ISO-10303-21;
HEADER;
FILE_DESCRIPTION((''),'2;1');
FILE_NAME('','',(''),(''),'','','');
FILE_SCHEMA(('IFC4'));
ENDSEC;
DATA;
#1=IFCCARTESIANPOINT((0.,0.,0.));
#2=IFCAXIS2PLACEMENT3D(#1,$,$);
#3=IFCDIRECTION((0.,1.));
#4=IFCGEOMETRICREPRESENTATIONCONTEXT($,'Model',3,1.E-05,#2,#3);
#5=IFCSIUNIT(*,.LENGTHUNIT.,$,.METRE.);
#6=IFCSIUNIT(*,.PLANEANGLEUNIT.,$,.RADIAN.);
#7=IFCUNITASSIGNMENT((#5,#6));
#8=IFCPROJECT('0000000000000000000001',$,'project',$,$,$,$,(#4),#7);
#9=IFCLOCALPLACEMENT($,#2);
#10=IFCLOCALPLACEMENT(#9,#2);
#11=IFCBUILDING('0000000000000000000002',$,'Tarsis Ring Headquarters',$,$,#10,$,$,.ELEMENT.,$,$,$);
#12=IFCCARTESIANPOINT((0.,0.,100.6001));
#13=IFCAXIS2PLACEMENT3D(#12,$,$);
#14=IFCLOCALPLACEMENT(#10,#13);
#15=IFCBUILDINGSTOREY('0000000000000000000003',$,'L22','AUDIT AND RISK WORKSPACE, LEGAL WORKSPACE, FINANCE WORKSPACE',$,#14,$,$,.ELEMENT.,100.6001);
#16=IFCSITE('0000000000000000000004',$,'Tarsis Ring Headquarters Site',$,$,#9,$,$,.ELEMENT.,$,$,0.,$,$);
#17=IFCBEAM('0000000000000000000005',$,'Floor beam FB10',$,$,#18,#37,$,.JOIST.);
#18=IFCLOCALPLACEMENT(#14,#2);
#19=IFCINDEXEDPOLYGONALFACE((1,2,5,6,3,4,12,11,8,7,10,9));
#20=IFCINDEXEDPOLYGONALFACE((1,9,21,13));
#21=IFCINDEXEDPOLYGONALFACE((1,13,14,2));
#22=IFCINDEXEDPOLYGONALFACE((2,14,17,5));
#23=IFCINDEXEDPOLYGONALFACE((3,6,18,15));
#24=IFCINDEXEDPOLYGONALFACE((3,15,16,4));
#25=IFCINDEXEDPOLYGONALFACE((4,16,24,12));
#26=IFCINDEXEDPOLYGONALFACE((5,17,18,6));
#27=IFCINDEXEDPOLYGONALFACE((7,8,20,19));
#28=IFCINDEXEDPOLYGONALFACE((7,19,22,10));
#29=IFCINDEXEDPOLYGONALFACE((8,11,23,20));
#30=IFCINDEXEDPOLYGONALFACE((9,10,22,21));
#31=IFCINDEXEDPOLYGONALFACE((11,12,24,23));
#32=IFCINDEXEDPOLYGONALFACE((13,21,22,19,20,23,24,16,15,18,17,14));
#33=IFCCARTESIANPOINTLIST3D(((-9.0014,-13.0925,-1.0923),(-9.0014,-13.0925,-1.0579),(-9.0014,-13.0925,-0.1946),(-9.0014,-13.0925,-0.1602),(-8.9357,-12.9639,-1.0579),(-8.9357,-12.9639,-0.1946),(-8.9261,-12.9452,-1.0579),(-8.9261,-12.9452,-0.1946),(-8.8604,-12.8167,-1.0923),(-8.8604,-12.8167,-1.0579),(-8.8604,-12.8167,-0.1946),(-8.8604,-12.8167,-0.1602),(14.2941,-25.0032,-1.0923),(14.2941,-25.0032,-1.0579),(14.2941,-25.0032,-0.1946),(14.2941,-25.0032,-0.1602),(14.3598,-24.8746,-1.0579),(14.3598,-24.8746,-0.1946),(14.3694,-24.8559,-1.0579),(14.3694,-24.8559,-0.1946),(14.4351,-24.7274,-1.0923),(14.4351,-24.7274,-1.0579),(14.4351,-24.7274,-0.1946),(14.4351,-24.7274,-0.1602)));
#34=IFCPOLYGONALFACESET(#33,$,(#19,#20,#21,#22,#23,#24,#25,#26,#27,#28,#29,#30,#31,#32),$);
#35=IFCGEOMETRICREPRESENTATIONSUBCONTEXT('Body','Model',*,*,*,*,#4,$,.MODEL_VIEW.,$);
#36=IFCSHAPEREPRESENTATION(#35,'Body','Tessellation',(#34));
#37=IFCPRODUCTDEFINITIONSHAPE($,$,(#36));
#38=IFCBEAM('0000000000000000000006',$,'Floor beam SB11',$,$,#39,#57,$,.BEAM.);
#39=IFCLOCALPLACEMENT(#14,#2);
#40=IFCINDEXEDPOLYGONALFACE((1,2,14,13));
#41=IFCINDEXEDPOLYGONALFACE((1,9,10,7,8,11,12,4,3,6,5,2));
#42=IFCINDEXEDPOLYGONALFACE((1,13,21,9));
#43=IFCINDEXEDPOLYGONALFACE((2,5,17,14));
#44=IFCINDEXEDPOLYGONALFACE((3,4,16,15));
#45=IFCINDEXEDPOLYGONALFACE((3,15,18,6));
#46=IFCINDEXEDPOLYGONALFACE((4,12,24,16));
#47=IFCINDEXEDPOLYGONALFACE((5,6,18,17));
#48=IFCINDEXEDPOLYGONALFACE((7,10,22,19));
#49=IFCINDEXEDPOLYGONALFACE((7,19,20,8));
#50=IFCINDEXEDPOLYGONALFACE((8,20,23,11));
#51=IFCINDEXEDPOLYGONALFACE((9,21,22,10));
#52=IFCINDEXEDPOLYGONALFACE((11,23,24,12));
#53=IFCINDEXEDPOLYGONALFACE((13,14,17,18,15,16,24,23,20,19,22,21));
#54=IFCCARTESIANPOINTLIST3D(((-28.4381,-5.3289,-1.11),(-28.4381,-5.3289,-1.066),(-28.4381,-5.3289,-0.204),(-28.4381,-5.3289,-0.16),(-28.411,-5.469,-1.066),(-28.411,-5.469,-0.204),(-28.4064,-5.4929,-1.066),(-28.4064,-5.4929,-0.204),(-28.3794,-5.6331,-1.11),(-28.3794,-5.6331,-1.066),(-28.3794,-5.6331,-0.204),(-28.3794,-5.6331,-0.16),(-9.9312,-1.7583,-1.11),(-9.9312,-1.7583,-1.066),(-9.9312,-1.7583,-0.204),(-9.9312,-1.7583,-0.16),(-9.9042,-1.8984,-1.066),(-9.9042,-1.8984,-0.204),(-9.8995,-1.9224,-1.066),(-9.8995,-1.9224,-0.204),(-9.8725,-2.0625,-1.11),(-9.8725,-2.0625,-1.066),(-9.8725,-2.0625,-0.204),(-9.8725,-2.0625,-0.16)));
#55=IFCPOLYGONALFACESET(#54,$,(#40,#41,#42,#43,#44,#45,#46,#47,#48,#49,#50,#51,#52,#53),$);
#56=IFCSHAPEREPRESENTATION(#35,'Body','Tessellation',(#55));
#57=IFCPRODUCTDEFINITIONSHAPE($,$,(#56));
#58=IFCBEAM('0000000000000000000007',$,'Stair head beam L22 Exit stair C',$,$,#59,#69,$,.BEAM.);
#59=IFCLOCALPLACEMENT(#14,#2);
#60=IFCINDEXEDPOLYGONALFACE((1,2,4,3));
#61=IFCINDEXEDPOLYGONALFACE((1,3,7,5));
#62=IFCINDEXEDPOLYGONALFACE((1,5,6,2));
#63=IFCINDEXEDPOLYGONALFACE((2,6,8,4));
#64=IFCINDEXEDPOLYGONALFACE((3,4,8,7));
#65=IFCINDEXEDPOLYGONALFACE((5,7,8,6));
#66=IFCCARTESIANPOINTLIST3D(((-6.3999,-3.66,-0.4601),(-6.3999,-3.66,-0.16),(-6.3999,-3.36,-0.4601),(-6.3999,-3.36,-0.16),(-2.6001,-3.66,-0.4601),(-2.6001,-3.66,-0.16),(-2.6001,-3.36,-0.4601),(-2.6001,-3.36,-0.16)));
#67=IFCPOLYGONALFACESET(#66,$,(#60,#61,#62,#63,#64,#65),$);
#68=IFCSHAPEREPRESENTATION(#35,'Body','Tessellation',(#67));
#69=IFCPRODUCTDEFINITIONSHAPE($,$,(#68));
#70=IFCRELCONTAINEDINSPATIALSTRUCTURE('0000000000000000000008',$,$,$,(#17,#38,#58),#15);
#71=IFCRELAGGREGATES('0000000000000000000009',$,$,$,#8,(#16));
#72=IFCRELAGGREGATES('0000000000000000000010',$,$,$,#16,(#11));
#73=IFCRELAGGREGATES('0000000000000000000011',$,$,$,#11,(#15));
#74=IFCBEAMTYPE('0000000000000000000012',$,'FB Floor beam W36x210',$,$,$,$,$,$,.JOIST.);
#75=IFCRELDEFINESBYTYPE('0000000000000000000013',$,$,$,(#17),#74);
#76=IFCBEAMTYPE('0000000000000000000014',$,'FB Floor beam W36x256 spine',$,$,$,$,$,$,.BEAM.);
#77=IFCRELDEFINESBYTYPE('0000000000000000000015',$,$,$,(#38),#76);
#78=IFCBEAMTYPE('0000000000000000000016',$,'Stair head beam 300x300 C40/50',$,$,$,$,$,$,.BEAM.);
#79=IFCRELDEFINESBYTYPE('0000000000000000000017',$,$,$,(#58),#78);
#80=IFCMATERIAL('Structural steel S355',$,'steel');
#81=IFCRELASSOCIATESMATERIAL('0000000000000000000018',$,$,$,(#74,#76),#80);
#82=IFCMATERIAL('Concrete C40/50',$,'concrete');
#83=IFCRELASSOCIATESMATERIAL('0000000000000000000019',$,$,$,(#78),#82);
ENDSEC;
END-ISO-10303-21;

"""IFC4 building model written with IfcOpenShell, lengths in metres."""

from ifc_helpers import new_model, si_unit, direction, frame, origin, origin_2d, place, context, subcontext, project, spatial, rectangle, i_section, extrude, material, material_profile, profile_set, type_object, element, save


model = new_model("IFC4")

# Units and contexts
model_context = context("Model", 3, precision=1e-05, world=origin(), true_north=direction((0.0, 1.0)))
body_context = subcontext(model_context, "Body", "Model", "MODEL_VIEW")
ifc_project = project(units=[si_unit("LENGTHUNIT", "METRE"), si_unit("PLANEANGLEUNIT", "RADIAN")], contexts=[model_context])

# Site, building, storey
site_placement = place(None, origin())
site = spatial("IfcSite", under=ifc_project, at=site_placement, Name="Tarsis Ring Headquarters Site", CompositionType="ELEMENT", RefElevation=0.0)
building_placement = place(site_placement, origin())
building = spatial("IfcBuilding", under=site, at=building_placement, Name="Tarsis Ring Headquarters", CompositionType="ELEMENT")
storey_placement = place(building_placement, frame((0.0, 0.0, 100.6001)))
storey = spatial("IfcBuildingStorey", under=building, at=storey_placement, Name="L22", Description="AUDIT AND RISK WORKSPACE, LEGAL WORKSPACE, FINANCE WORKSPACE", CompositionType="ELEMENT", Elevation=100.6001)

# Beams
ifc_material_1 = material(Name="Structural steel S355", Category="steel")
ifc_material_profile_1 = material_profile(ifc_material_1, i_section(OverallWidth=0.3098, OverallDepth=0.9321, WebThickness=0.021, FlangeThickness=0.0344, at=origin_2d()), Name="W36x210")
ifc_profile_set_1 = profile_set([ifc_material_profile_1], Name="Structural steel S355")
beam_type_1 = type_object("IfcBeamType", Name="FB Floor beam W36x210", PredefinedType="JOIST", material=ifc_profile_set_1)
beam_1_placement = place(storey_placement, frame((-8.9309, -12.9546, -0.6262), z_axis=(0.890371, -0.455235, 0.0), x_axis=(0.455235, 0.890371, 0.0)))
element("IfcBeam", 1, at=beam_1_placement, inside=storey, type_object=beam_type_1, Name="Floor beam FB10", PredefinedType="JOIST", context=body_context, shape_type="SweptSolid", body=[
    extrude(i_section(OverallWidth=0.3098, OverallDepth=0.9321, WebThickness=0.021, FlangeThickness=0.0344, at=origin_2d()), origin(), (0.0, 0.0, 1.0), 26.1638),
])
ifc_material_profile_2 = material_profile(ifc_material_1, i_section(OverallWidth=0.3098, OverallDepth=0.95, WebThickness=0.0244, FlangeThickness=0.0439, at=origin_2d()), Name="W36x256")
ifc_profile_set_2 = profile_set([ifc_material_profile_2], Name="Structural steel S355")
beam_type_2 = type_object("IfcBeamType", Name="FB Floor beam W36x256 spine", PredefinedType="BEAM", material=ifc_profile_set_2)
beam_2_placement = place(storey_placement, frame((-9.9019, -1.9104, -0.635), z_axis=(-0.981893, -0.189438, 0.0), x_axis=(0.189438, -0.981893, 0.0)))
element("IfcBeam", 2, at=beam_2_placement, inside=storey, type_object=beam_type_2, Name="Floor beam SB11", PredefinedType="BEAM", context=body_context, shape_type="SweptSolid", body=[
    extrude(i_section(OverallWidth=0.3098, OverallDepth=0.95, WebThickness=0.0244, FlangeThickness=0.0439, at=origin_2d()), origin(), (0.0, 0.0, 1.0), 18.8481),
])
ifc_material_2 = material(Name="Concrete C40/50", Category="concrete")
ifc_material_profile_3 = material_profile(ifc_material_2, rectangle(XDim=0.3, YDim=0.3, at=origin_2d()), Name="Stair head beam 300x300 C40/50")
ifc_profile_set_3 = profile_set([ifc_material_profile_3], Name="Concrete C40/50")
beam_type_3 = type_object("IfcBeamType", Name="Stair head beam 300x300 C40/50", PredefinedType="BEAM", material=ifc_profile_set_3)
beam_3_placement = place(storey_placement, frame((-6.3999, -3.51, -0.3101), z_axis=(1.0, 0.0, 0.0), x_axis=(0.0, 1.0, 0.0)))
element("IfcBeam", 3, at=beam_3_placement, inside=storey, type_object=beam_type_3, Name="Stair head beam L22 Exit stair C", PredefinedType="BEAM", context=body_context, shape_type="SweptSolid", body=[
    extrude(rectangle(XDim=0.3, YDim=0.3, at=origin_2d()), origin(), (0.0, 0.0, 1.0), 3.7998),
])

save(model, "model.ifc")
